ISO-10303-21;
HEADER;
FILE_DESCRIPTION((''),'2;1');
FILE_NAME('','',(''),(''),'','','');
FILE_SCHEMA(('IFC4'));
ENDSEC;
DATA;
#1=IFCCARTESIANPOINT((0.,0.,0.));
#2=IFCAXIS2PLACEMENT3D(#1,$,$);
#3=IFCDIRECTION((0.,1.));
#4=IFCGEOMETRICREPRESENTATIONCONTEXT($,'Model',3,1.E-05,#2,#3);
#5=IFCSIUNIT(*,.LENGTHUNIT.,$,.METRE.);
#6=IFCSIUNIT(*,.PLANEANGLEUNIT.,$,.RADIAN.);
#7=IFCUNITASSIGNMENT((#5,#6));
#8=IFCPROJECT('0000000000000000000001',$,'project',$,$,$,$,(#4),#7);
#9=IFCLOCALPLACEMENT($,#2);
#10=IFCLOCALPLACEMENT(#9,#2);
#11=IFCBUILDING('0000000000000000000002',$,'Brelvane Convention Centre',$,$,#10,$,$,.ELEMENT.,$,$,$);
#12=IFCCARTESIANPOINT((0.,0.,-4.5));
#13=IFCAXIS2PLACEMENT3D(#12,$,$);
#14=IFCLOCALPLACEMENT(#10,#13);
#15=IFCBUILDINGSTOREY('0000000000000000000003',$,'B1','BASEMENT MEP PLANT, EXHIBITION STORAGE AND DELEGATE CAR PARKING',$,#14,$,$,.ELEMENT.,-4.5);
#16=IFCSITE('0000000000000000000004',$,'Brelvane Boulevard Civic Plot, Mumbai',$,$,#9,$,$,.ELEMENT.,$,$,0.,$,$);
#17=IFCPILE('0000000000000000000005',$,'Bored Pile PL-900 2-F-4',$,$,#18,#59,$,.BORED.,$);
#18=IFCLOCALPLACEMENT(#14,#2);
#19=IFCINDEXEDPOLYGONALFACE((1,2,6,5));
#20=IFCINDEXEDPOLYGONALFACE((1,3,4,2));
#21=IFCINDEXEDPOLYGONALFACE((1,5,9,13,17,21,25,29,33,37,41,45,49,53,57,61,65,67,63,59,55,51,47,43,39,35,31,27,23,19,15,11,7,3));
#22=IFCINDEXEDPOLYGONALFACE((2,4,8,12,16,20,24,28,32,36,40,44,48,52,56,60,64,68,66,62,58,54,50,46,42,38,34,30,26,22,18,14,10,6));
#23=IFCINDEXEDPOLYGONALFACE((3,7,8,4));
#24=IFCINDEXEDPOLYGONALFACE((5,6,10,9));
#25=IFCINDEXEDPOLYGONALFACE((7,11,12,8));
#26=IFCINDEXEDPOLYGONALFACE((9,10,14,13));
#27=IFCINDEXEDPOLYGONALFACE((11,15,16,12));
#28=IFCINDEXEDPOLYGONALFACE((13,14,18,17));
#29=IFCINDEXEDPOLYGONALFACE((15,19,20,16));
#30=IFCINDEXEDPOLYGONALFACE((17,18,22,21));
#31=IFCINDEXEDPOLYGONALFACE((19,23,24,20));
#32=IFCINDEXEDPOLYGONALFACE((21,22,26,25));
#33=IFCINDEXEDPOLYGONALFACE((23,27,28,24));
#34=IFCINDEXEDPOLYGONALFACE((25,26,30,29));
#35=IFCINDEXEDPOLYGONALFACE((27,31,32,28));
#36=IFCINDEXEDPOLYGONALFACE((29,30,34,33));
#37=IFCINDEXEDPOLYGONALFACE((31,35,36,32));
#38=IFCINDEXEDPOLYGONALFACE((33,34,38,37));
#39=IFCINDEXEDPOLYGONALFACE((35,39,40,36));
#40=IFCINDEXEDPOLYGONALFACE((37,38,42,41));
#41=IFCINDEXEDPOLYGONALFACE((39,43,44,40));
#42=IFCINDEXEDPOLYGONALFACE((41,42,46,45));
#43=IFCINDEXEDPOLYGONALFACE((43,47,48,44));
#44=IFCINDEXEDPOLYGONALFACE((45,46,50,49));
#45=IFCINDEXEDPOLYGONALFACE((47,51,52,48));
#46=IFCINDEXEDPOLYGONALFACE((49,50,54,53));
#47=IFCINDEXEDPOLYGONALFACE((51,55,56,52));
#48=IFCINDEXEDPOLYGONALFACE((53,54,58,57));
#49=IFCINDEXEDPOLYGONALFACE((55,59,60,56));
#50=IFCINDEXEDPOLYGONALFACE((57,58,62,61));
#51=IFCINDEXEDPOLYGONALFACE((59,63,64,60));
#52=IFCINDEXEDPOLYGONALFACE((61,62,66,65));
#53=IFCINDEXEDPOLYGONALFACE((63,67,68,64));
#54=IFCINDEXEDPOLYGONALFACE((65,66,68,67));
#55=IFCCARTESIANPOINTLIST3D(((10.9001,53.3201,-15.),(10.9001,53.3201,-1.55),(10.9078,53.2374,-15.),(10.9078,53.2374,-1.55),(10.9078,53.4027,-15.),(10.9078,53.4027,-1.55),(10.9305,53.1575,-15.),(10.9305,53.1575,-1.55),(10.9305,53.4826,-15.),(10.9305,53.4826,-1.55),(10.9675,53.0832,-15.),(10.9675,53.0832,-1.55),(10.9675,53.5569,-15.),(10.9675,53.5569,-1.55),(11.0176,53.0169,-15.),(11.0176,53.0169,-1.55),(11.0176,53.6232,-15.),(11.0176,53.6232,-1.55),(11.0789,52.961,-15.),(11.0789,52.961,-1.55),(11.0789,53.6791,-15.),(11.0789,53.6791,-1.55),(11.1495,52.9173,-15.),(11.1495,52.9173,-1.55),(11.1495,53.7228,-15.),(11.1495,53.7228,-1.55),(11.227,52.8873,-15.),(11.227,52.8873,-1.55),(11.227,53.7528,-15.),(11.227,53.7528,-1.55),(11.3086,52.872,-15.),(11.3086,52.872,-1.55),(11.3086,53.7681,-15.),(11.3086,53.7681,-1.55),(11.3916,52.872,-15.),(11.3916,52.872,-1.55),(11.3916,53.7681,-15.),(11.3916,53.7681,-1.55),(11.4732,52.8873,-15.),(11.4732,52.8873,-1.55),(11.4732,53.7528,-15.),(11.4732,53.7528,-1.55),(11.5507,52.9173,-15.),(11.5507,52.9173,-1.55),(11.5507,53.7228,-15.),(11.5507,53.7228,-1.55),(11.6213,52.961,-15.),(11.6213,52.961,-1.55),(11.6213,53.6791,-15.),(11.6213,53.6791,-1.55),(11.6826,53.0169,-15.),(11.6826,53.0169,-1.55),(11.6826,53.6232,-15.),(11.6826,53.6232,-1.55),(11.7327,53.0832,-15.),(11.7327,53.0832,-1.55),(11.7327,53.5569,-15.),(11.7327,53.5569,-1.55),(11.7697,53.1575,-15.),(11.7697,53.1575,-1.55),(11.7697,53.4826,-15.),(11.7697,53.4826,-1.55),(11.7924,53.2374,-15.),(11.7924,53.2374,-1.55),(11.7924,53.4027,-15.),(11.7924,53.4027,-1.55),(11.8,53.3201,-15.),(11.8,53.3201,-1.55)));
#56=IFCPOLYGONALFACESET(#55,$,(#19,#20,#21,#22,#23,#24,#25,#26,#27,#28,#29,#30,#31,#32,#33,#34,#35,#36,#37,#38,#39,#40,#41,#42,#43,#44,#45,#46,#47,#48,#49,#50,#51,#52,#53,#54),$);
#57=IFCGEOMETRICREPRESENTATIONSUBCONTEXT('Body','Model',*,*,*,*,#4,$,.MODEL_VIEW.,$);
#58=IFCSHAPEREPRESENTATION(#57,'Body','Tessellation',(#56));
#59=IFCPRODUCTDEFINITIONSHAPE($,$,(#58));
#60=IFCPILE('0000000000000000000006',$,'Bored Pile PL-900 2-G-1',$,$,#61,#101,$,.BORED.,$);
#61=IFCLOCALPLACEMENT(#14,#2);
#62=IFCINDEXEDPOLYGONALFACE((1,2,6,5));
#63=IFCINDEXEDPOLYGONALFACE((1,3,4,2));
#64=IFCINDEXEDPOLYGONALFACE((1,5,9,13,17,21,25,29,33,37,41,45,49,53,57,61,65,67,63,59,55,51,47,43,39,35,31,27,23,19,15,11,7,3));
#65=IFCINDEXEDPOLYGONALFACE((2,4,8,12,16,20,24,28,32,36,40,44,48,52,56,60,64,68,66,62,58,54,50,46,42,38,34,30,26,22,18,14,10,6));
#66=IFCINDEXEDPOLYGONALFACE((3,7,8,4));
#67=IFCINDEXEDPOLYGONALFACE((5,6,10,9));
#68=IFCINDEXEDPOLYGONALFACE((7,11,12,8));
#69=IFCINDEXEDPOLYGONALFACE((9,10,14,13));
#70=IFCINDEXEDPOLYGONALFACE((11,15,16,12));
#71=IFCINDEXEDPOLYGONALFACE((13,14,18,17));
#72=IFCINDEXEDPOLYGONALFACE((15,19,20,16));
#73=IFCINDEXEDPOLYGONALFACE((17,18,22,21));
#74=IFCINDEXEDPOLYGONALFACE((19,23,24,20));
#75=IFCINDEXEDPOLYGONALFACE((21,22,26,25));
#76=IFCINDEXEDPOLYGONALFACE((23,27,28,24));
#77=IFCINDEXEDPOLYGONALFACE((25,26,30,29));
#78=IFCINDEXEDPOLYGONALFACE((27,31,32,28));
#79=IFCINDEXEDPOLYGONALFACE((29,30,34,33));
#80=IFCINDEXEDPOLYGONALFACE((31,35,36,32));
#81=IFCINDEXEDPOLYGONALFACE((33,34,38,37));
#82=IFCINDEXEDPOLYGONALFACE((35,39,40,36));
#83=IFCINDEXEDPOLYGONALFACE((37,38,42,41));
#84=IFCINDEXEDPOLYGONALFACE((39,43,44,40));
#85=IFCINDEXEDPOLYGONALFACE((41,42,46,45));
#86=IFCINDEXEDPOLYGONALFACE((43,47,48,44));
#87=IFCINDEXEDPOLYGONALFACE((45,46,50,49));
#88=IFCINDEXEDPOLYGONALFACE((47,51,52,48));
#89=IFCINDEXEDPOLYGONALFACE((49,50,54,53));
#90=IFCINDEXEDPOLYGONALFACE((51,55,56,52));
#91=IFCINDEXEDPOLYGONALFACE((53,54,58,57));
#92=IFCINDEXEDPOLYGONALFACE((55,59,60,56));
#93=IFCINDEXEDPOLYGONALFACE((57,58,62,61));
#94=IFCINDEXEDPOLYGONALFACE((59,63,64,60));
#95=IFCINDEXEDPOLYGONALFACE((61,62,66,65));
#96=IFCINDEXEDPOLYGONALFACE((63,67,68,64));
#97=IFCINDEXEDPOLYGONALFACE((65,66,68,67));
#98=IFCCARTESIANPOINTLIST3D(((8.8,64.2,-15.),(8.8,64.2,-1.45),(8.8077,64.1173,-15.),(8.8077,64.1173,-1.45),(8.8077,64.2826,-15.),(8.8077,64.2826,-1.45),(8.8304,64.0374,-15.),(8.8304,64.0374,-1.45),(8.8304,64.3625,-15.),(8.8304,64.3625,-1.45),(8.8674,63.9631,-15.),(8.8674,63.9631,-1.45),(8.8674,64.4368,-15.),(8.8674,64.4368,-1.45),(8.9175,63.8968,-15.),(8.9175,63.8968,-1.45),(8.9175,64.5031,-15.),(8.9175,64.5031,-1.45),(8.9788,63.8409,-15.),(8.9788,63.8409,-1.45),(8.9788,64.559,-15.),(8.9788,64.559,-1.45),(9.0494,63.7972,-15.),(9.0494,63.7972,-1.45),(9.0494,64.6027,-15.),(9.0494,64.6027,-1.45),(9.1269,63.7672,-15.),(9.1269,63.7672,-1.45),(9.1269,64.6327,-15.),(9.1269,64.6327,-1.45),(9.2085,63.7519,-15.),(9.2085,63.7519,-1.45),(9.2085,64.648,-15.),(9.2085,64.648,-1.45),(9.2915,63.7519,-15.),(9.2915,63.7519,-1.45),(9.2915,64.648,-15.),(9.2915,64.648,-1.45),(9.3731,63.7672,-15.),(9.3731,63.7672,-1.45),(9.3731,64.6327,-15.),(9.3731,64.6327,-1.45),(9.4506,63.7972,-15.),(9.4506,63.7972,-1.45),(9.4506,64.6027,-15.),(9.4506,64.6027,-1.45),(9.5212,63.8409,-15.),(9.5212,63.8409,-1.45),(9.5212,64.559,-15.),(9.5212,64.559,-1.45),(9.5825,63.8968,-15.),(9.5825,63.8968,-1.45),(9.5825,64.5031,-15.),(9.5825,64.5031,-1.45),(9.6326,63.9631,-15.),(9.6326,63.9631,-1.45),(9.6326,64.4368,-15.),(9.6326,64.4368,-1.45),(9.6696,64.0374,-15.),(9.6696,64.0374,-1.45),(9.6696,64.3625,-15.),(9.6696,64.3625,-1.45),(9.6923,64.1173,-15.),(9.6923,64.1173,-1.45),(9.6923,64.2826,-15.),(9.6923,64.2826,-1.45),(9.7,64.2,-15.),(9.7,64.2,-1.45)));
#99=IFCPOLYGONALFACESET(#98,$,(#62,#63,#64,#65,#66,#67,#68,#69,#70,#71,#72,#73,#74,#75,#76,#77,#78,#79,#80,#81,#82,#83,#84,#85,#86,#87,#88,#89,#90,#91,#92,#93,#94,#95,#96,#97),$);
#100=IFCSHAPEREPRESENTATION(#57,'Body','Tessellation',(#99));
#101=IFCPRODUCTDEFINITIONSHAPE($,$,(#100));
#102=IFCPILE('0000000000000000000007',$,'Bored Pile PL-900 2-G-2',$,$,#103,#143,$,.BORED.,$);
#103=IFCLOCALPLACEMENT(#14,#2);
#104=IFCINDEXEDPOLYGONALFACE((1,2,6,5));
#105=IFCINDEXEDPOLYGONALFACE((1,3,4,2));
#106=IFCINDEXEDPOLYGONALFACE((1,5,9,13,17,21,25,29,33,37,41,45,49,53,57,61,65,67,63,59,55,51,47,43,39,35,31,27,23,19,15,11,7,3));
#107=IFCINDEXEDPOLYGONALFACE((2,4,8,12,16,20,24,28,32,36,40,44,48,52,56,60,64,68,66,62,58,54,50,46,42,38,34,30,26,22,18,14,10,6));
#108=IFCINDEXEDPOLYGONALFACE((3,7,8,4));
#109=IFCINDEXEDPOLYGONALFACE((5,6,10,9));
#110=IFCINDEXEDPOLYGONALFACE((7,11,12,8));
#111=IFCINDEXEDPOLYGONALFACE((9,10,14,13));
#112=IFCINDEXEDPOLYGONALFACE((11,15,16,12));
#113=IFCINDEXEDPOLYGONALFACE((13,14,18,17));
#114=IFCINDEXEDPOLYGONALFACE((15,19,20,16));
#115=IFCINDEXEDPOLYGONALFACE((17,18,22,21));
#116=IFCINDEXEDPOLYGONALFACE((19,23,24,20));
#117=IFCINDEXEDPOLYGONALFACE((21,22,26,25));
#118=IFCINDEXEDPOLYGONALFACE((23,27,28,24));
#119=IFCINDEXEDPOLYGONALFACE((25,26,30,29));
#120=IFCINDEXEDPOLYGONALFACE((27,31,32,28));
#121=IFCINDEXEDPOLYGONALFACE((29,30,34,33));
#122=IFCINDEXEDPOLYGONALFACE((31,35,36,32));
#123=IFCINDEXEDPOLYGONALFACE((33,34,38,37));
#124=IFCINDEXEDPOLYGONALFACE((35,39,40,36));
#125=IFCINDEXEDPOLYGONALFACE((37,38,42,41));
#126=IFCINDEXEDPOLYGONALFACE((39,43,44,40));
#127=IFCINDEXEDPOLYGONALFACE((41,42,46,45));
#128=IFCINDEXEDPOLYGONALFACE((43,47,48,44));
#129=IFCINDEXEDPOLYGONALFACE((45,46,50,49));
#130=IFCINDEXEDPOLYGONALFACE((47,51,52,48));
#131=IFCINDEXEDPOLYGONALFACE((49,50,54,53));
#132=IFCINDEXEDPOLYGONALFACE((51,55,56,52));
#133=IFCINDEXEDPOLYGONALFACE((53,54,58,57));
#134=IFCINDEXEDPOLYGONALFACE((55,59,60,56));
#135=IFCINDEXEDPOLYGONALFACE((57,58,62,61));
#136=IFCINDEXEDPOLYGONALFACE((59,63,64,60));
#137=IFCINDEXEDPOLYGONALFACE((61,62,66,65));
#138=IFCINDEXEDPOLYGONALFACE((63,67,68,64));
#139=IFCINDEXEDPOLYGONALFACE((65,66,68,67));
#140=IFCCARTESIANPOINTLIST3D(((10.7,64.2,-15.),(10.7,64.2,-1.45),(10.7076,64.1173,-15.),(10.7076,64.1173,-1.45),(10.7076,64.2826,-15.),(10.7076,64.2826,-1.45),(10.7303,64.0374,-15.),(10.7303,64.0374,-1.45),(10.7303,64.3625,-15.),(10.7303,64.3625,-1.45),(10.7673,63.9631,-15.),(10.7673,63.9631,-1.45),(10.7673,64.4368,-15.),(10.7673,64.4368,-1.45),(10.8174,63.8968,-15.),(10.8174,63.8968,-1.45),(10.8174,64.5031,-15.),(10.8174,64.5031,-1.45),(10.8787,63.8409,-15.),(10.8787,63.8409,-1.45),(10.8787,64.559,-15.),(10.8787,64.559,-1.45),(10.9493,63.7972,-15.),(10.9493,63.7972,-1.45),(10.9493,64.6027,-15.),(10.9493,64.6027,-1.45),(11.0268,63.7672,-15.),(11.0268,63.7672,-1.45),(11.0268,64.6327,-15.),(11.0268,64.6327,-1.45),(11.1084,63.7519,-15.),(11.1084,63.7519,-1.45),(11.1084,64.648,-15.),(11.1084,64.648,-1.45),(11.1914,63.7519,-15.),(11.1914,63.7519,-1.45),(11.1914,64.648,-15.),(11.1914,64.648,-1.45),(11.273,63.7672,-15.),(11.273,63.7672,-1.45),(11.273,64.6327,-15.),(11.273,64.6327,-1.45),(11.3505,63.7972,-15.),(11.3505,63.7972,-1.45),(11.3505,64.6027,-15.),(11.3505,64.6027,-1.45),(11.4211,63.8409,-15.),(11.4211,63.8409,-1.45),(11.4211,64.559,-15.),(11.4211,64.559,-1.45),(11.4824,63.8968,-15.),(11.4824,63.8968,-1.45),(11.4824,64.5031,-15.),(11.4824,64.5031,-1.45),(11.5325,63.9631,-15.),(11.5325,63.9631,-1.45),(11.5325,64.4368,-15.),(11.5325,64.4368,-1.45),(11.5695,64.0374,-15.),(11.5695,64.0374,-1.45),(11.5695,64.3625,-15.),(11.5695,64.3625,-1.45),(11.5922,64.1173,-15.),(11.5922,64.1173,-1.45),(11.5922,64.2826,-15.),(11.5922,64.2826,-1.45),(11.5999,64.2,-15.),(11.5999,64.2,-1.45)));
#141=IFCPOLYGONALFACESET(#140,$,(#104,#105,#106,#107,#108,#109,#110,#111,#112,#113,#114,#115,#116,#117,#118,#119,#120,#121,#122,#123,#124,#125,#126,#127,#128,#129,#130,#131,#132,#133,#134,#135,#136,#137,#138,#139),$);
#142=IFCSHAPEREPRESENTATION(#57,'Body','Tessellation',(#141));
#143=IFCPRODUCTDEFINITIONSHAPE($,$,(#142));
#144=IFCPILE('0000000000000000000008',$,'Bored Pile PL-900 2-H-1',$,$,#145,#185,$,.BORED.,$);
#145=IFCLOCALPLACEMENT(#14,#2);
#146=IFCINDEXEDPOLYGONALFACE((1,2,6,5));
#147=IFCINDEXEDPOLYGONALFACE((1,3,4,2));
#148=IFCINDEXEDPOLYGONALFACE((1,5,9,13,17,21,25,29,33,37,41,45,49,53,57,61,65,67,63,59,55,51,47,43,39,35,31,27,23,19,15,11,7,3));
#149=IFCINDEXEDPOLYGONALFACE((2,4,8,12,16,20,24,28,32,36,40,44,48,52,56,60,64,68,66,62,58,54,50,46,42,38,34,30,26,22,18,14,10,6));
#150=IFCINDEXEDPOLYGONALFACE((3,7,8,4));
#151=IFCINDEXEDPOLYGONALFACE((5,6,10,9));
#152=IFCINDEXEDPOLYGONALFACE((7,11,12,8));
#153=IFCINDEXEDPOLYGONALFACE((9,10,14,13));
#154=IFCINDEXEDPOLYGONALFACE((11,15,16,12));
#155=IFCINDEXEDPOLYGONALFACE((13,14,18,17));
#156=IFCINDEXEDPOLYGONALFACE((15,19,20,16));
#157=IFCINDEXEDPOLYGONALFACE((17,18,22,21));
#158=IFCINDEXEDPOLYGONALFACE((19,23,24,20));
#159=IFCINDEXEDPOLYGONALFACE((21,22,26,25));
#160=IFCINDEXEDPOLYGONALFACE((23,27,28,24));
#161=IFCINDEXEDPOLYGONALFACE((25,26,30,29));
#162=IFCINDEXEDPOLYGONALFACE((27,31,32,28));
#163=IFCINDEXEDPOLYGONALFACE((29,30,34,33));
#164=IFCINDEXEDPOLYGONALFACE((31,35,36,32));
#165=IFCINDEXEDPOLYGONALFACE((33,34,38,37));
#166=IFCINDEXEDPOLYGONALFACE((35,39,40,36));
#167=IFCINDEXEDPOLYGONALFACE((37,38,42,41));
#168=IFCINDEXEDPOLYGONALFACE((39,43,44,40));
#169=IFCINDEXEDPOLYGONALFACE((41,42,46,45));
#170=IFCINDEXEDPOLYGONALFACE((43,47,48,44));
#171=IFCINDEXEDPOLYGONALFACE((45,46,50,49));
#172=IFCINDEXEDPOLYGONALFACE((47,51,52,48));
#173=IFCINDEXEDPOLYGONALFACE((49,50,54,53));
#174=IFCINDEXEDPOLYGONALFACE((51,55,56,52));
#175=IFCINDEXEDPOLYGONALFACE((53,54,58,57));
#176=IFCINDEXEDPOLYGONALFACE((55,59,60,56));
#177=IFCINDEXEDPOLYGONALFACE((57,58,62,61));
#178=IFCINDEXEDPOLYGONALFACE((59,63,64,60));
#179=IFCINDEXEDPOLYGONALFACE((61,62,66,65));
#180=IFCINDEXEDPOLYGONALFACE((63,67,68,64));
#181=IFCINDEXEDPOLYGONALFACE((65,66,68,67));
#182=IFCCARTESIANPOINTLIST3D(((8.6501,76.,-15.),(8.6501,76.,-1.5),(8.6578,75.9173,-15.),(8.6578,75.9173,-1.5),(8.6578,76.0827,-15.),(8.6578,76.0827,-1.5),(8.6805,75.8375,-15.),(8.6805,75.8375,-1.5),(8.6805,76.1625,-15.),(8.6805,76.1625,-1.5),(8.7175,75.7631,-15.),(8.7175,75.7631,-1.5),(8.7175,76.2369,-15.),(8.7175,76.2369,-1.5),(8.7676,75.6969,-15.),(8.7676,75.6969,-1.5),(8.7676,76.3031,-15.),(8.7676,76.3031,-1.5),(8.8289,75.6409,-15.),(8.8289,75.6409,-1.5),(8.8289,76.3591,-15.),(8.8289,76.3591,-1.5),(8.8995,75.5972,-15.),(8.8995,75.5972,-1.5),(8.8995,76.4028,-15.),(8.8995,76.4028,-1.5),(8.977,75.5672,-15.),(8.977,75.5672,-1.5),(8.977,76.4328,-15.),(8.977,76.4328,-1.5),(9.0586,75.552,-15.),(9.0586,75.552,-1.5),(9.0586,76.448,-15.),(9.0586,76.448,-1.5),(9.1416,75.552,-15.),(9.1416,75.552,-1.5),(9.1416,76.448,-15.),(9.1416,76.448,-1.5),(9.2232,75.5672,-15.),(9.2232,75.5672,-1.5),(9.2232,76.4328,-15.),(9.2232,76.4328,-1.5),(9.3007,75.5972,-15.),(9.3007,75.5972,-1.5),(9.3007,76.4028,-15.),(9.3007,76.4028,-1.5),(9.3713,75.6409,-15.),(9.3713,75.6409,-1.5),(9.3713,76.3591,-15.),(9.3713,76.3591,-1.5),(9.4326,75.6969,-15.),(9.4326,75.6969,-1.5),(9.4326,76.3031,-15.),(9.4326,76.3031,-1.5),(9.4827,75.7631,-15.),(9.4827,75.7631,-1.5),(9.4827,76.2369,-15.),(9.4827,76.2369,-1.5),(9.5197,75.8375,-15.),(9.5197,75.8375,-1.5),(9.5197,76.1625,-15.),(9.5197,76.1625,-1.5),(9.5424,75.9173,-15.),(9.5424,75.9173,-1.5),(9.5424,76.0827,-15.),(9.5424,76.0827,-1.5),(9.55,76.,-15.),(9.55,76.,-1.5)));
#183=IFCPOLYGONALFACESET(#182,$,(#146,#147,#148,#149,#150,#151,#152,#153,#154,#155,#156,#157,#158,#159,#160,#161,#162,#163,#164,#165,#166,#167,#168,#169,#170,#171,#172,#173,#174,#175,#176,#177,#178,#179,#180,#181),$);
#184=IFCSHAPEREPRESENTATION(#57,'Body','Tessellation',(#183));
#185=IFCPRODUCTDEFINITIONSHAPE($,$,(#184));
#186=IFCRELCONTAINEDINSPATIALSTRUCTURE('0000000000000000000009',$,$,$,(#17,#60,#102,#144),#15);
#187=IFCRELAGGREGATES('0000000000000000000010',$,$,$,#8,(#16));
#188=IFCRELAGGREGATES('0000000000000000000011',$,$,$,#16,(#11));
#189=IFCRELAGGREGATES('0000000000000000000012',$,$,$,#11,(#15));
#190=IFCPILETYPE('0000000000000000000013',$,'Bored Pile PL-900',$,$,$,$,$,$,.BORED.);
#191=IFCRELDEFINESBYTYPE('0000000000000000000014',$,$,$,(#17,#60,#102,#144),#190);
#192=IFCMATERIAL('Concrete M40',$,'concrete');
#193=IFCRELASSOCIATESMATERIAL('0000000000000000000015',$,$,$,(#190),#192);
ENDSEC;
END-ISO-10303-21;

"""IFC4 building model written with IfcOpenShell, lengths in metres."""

from ifc_helpers import new_model, si_unit, direction, frame, origin, origin_2d, place, context, subcontext, project, spatial, circle, extrude, material, material_profile, profile_set, type_object, element, save


model = new_model("IFC4")

# Units and contexts
model_context = context("Model", 3, precision=1e-05, world=origin(), true_north=direction((0.0, 1.0)))
body_context = subcontext(model_context, "Body", "Model", "MODEL_VIEW")
ifc_project = project(units=[si_unit("LENGTHUNIT", "METRE"), si_unit("PLANEANGLEUNIT", "RADIAN")], contexts=[model_context])

# Site, building, storey
site_placement = place(None, origin())
site = spatial("IfcSite", under=ifc_project, at=site_placement, Name="Brelvane Boulevard Civic Plot, Mumbai", CompositionType="ELEMENT", RefElevation=0.0)
building_placement = place(site_placement, origin())
building = spatial("IfcBuilding", under=site, at=building_placement, Name="Brelvane Convention Centre", CompositionType="ELEMENT")
storey_placement = place(building_placement, frame((0.0, 0.0, -4.5)))
storey = spatial("IfcBuildingStorey", under=building, at=storey_placement, Name="B1", Description="BASEMENT MEP PLANT, EXHIBITION STORAGE AND DELEGATE CAR PARKING", CompositionType="ELEMENT", Elevation=-4.5)

# Piles
ifc_material_1 = material(Name="Concrete M40", Category="concrete")
ifc_material_profile_1 = material_profile(ifc_material_1, circle(Radius=0.45, at=origin_2d()), Name="PILE D900")
ifc_profile_set_1 = profile_set([ifc_material_profile_1], Name="Concrete M40")
pile_type_1 = type_object("IfcPileType", Name="Bored Pile PL-900", PredefinedType="BORED", material=ifc_profile_set_1)
for number, where, z_axis, x_axis, name in (
    (1, (11.3501, 53.3201, -1.55), (0.0, 0.0, -1.0), (1.0, 0.0, 0.0), "Bored Pile PL-900 2-F-4"),
):
    element("IfcPile", number, at=place(storey_placement, frame(where, z_axis=z_axis, x_axis=x_axis)), inside=storey, type_object=pile_type_1, Name=name, PredefinedType="BORED", context=body_context, shape_type="SweptSolid", body=[
        extrude(circle(Radius=0.45, at=origin_2d()), origin(), (0.0, 0.0, 1.0), 13.45),
    ])
for number, where, z_axis, x_axis, name in (
    (2, (9.25, 64.2, -1.45), (0.0, 0.0, -1.0), (1.0, 0.0, 0.0), "Bored Pile PL-900 2-G-1"),
    (3, (11.1499, 64.2, -1.45), (0.0, 0.0, -1.0), (1.0, 0.0, 0.0), "Bored Pile PL-900 2-G-2"),
):
    element("IfcPile", number, at=place(storey_placement, frame(where, z_axis=z_axis, x_axis=x_axis)), inside=storey, type_object=pile_type_1, Name=name, PredefinedType="BORED", context=body_context, shape_type="SweptSolid", body=[
        extrude(circle(Radius=0.45, at=origin_2d()), origin(), (0.0, 0.0, 1.0), 13.55),
    ])
for number, where, z_axis, x_axis, name in (
    (4, (9.1001, 76.0, -1.5), (0.0, 0.0, -1.0), (1.0, 0.0, 0.0), "Bored Pile PL-900 2-H-1"),
):
    element("IfcPile", number, at=place(storey_placement, frame(where, z_axis=z_axis, x_axis=x_axis)), inside=storey, type_object=pile_type_1, Name=name, PredefinedType="BORED", context=body_context, shape_type="SweptSolid", body=[
        extrude(circle(Radius=0.45, at=origin_2d()), origin(), (0.0, 0.0, 1.0), 13.5),
    ])

save(model, "model.ifc")
